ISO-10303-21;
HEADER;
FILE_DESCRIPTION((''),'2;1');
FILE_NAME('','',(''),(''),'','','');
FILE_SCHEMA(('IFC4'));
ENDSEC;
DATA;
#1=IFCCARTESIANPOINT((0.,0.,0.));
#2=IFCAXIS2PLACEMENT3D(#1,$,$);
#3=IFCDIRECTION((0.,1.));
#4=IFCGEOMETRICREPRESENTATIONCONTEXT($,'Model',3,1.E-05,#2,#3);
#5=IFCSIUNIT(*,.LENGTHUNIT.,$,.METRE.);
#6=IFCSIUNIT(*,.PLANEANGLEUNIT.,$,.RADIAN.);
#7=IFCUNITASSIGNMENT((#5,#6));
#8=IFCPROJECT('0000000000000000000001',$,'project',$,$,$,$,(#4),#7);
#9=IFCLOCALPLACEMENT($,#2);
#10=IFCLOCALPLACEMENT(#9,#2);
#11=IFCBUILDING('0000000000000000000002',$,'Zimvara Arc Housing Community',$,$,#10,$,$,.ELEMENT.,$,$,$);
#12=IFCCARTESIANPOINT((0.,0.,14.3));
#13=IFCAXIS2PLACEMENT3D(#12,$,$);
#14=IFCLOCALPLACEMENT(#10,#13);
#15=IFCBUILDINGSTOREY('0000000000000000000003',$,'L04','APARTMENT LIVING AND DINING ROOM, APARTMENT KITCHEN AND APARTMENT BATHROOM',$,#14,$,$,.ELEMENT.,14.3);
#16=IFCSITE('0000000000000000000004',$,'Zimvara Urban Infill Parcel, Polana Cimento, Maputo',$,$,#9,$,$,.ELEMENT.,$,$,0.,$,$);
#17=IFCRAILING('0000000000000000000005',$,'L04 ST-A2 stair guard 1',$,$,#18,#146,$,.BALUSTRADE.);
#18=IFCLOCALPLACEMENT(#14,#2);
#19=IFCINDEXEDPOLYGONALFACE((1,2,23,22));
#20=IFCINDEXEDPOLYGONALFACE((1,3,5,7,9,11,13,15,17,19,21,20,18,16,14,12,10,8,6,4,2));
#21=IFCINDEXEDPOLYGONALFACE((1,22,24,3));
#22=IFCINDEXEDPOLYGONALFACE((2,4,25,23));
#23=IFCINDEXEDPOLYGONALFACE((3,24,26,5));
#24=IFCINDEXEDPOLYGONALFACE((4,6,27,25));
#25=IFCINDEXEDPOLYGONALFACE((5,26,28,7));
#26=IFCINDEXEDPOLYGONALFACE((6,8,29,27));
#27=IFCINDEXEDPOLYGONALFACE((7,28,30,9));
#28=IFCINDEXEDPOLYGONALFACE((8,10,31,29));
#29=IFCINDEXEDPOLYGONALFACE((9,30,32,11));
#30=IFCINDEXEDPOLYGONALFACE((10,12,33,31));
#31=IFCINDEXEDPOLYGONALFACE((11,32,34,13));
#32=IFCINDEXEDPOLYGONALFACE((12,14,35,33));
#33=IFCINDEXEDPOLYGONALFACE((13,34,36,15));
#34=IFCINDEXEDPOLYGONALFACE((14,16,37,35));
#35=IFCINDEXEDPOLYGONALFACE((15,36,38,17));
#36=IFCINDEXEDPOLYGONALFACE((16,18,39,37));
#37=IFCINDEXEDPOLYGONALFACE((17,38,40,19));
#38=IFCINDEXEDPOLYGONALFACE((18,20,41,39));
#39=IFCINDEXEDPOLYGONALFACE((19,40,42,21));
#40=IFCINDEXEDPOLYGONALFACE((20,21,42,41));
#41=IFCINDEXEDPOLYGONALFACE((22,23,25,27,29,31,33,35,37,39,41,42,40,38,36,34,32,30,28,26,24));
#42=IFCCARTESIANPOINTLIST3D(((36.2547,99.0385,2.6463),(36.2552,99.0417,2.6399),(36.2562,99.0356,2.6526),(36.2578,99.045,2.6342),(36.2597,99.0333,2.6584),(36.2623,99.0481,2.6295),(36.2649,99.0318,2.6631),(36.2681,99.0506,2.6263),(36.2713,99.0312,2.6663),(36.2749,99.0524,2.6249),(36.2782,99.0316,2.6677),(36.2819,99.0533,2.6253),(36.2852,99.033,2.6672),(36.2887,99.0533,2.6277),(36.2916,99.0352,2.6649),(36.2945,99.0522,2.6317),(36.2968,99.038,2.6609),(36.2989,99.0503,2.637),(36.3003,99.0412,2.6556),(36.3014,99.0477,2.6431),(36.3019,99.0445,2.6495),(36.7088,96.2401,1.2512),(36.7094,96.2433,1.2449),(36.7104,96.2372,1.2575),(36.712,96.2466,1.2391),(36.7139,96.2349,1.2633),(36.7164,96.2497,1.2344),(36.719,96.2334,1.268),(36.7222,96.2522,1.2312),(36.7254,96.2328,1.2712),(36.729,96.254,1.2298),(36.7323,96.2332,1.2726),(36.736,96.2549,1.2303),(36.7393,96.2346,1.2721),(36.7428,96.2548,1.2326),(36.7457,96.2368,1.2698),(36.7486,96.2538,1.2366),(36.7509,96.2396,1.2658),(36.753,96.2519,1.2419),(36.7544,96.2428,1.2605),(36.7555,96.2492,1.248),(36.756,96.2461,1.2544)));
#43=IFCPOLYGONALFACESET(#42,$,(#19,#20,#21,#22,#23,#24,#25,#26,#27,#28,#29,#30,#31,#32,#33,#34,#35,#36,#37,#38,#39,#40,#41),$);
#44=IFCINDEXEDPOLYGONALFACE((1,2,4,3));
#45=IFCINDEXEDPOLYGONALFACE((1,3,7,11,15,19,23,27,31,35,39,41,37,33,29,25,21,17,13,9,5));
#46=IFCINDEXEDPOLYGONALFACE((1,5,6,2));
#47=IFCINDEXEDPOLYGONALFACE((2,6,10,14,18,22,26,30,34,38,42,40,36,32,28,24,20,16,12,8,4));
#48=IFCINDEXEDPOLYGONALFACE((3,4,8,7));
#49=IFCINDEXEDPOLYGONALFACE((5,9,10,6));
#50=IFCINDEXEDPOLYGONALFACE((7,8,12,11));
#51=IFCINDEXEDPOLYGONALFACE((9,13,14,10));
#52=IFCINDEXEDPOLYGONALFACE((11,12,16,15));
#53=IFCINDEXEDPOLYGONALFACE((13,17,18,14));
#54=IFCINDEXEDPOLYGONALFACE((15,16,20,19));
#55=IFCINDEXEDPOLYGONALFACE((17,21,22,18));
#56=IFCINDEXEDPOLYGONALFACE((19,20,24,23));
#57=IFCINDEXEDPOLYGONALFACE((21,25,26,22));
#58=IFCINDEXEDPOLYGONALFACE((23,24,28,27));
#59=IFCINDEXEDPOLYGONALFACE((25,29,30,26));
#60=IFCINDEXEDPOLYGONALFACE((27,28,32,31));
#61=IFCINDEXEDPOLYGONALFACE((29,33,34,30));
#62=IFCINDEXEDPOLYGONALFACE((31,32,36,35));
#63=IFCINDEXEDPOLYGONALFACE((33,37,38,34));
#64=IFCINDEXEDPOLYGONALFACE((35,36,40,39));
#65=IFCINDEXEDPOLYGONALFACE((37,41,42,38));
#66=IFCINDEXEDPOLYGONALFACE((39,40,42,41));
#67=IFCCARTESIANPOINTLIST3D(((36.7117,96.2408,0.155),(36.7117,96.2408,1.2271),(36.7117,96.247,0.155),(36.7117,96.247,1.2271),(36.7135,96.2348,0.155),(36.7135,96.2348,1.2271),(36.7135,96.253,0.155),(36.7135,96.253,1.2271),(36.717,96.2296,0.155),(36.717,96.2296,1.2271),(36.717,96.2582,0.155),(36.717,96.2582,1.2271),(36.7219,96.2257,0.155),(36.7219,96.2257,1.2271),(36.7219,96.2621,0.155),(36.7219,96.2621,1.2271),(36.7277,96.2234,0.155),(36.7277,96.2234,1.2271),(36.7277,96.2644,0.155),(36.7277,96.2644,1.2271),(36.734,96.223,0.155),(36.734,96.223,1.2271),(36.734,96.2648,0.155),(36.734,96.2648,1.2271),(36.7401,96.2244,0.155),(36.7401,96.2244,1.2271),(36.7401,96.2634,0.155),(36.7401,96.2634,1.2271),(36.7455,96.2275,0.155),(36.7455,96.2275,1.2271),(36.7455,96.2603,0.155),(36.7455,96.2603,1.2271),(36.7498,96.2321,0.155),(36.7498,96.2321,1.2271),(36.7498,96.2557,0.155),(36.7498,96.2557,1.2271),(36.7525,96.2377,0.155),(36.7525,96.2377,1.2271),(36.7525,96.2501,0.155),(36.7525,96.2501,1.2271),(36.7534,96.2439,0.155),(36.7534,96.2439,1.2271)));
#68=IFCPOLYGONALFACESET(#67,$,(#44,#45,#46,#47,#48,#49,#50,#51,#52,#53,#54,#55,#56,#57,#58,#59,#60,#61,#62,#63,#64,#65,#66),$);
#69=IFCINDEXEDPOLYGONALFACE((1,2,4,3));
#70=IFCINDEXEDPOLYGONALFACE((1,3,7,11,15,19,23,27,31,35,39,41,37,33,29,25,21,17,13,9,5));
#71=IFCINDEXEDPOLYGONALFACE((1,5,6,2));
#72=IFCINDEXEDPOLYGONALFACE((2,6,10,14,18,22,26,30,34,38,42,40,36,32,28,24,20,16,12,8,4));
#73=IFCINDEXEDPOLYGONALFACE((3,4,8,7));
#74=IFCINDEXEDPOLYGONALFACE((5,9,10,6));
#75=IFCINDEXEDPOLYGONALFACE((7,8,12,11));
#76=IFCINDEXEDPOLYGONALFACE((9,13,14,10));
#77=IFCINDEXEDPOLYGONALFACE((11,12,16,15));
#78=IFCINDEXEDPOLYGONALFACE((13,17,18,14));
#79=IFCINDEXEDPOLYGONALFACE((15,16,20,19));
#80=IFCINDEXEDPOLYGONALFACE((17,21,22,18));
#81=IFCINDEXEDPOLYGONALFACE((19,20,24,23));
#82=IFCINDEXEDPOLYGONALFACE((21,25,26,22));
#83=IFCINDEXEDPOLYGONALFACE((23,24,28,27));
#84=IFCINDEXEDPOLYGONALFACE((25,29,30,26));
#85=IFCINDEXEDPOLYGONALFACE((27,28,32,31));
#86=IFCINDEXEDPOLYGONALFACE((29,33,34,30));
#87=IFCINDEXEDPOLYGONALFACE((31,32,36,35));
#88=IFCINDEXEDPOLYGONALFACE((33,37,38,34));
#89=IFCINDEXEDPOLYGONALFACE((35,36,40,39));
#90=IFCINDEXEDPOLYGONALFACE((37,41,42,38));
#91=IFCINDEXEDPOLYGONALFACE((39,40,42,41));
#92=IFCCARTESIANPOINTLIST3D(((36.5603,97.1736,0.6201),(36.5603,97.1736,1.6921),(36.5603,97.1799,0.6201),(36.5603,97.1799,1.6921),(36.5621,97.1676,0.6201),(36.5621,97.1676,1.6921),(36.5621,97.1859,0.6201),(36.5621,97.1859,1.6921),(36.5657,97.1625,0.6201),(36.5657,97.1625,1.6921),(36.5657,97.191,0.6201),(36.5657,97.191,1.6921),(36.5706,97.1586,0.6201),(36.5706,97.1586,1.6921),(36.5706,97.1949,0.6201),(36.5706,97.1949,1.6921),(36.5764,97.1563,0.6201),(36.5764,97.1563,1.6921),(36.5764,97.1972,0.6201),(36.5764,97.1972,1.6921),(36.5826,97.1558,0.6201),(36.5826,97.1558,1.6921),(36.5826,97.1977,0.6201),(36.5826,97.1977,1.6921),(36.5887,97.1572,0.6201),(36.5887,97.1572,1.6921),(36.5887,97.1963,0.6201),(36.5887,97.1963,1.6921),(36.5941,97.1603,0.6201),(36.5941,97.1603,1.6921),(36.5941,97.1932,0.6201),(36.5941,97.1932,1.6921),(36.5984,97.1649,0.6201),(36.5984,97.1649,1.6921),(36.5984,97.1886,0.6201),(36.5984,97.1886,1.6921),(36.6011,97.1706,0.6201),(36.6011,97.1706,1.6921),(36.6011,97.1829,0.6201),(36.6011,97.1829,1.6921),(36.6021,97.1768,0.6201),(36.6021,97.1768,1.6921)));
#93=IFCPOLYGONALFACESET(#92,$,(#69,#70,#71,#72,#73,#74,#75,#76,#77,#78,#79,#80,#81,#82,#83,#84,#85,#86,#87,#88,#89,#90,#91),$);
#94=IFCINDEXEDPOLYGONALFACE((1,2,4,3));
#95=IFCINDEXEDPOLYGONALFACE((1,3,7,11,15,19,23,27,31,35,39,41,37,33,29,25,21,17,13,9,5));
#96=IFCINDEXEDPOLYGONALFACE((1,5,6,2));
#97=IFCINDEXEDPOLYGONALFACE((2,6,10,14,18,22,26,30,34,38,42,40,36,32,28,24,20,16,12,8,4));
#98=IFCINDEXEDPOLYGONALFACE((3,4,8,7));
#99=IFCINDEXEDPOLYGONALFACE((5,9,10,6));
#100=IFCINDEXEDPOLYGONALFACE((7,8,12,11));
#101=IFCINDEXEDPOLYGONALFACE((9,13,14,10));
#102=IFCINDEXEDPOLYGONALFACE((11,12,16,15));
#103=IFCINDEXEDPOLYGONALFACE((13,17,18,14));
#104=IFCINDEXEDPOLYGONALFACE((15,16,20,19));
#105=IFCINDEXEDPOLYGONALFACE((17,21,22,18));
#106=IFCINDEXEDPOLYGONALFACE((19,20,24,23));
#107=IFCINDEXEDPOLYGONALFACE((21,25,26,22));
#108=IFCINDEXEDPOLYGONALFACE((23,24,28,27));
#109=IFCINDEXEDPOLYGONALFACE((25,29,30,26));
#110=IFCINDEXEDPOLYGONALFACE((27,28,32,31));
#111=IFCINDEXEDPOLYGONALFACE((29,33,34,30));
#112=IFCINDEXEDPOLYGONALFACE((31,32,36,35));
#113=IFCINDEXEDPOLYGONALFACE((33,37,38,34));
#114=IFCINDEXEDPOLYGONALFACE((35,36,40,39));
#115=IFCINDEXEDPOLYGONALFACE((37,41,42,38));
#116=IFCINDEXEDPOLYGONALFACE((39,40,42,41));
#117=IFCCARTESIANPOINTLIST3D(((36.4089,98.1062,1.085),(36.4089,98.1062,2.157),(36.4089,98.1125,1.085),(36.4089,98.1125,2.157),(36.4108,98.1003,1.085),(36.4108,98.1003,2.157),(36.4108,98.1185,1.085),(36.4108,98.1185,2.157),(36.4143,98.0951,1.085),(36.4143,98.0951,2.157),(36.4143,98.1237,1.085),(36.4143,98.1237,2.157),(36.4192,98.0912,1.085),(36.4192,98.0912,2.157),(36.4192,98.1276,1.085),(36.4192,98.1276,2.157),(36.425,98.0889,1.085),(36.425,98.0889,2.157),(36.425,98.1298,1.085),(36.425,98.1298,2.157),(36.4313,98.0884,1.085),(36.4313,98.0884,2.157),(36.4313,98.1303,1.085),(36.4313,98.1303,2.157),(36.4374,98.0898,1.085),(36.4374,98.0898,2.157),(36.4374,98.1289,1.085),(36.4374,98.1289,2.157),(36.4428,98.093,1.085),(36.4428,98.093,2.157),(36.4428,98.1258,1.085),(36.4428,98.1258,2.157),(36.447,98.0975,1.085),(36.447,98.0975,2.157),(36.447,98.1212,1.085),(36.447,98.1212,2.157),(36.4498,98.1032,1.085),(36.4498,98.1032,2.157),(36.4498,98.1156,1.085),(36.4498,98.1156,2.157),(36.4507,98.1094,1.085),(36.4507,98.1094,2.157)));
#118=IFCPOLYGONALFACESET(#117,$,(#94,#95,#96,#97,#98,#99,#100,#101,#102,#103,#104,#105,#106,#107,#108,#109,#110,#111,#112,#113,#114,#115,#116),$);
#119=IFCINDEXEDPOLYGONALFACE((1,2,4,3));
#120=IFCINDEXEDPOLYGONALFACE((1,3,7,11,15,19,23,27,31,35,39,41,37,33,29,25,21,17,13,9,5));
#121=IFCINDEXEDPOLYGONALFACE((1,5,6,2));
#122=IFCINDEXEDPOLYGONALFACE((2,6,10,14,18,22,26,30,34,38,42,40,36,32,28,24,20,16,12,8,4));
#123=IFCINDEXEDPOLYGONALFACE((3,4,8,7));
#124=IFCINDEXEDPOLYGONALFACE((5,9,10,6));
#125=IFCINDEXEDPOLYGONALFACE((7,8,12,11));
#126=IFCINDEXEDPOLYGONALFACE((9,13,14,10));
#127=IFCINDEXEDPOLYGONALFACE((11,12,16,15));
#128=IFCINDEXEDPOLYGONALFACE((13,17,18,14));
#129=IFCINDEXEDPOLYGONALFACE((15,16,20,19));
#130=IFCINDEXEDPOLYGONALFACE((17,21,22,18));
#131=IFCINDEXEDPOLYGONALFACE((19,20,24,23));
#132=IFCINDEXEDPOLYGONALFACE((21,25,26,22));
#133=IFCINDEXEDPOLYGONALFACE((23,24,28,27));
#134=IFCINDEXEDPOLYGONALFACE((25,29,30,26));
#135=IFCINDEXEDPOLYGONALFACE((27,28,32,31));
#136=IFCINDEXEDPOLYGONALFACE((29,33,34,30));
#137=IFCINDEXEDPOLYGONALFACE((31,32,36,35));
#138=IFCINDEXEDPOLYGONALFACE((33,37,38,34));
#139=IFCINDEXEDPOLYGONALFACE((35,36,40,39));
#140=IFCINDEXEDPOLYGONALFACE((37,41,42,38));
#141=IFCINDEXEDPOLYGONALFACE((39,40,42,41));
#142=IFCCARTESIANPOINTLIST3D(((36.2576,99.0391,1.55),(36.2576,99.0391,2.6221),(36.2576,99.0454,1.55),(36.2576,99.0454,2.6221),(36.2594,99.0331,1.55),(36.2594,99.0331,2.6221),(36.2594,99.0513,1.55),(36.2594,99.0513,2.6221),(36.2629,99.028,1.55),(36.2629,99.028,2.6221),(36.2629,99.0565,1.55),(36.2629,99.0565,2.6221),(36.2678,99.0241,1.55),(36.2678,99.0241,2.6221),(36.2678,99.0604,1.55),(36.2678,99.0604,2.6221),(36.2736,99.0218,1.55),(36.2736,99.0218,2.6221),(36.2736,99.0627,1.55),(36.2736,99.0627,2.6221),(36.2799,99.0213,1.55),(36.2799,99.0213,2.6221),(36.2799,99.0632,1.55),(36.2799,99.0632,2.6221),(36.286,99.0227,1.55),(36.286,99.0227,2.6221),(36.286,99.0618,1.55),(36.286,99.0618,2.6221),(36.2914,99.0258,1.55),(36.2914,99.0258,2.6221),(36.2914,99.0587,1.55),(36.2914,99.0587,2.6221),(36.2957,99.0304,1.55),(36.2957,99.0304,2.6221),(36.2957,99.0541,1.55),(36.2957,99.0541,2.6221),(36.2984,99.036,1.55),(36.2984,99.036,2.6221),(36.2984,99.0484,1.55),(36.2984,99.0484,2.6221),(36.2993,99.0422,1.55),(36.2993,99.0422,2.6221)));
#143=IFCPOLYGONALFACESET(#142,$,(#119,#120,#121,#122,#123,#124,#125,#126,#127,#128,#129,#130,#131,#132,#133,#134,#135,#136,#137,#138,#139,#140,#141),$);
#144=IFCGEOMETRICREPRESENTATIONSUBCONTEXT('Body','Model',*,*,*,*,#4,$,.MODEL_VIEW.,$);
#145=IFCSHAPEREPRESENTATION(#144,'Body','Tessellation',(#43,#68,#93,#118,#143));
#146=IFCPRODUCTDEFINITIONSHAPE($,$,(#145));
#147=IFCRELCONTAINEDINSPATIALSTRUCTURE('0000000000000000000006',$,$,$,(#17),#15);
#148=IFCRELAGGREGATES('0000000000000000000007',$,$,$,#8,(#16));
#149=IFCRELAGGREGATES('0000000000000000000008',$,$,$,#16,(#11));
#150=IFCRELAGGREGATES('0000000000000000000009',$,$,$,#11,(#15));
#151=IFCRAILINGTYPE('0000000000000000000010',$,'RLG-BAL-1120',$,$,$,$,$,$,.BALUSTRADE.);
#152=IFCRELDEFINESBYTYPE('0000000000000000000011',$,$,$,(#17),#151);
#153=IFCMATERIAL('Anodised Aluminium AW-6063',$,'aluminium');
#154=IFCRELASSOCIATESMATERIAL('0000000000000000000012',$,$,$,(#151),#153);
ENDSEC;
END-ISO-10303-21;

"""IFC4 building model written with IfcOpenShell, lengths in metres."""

from ifc_helpers import new_model, si_unit, direction, frame, origin, origin_2d, place, context, subcontext, project, spatial, circle, extrude, material, type_object, element, save


model = new_model("IFC4")

# Units and contexts
model_context = context("Model", 3, precision=1e-05, world=origin(), true_north=direction((0.0, 1.0)))
body_context = subcontext(model_context, "Body", "Model", "MODEL_VIEW")
ifc_project = project(units=[si_unit("LENGTHUNIT", "METRE"), si_unit("PLANEANGLEUNIT", "RADIAN")], contexts=[model_context])

# Site, building, storey
site_placement = place(None, origin())
site = spatial("IfcSite", under=ifc_project, at=site_placement, Name="Zimvara Urban Infill Parcel, Polana Cimento, Maputo", CompositionType="ELEMENT", RefElevation=0.0)
building_placement = place(site_placement, origin())
building = spatial("IfcBuilding", under=site, at=building_placement, Name="Zimvara Arc Housing Community", CompositionType="ELEMENT")
storey_placement = place(building_placement, frame((0.0, 0.0, 14.3)))
storey = spatial("IfcBuildingStorey", under=building, at=storey_placement, Name="L04", Description="APARTMENT LIVING AND DINING ROOM, APARTMENT KITCHEN AND APARTMENT BATHROOM", CompositionType="ELEMENT", Elevation=14.3)

# Railing
ifc_material_1 = material(Name="Anodised Aluminium AW-6063", Category="aluminium")
railing_type_1 = type_object("IfcRailingType", Name="RLG-BAL-1120", PredefinedType="BALUSTRADE", material=ifc_material_1)
railing_1_placement = place(storey_placement, frame((36.7324, 96.2439, 0.155)))
element("IfcRailing", 1, at=railing_1_placement, inside=storey, type_object=railing_type_1, Name="L04 ST-A2 stair guard 1", PredefinedType="BALUSTRADE", context=body_context, shape_type="SweptSolid", body=[
    extrude(circle(Radius=0.0239, at=origin_2d()), frame((0.0, 0.0, 1.0962), z_axis=(-0.143722, 0.885666, 0.44152), x_axis=(-0.987088, -0.16018, 0.0)), (0.0, 0.0, 1.0), 3.1597),
    extrude(circle(Radius=0.021, at=origin_2d()), origin(), (0.0, 0.0, 1.0), 1.072),
    extrude(circle(Radius=0.021, at=origin_2d()), frame((-0.1514, 0.9329, 0.4651)), (0.0, 0.0, 1.0), 1.072),
    extrude(circle(Radius=0.021, at=origin_2d()), frame((-0.3027, 1.8655, 0.9299)), (0.0, 0.0, 1.0), 1.072),
    extrude(circle(Radius=0.021, at=origin_2d()), frame((-0.4541, 2.7983, 1.395)), (0.0, 0.0, 1.0), 1.072),
])

save(model, "model.ifc")
